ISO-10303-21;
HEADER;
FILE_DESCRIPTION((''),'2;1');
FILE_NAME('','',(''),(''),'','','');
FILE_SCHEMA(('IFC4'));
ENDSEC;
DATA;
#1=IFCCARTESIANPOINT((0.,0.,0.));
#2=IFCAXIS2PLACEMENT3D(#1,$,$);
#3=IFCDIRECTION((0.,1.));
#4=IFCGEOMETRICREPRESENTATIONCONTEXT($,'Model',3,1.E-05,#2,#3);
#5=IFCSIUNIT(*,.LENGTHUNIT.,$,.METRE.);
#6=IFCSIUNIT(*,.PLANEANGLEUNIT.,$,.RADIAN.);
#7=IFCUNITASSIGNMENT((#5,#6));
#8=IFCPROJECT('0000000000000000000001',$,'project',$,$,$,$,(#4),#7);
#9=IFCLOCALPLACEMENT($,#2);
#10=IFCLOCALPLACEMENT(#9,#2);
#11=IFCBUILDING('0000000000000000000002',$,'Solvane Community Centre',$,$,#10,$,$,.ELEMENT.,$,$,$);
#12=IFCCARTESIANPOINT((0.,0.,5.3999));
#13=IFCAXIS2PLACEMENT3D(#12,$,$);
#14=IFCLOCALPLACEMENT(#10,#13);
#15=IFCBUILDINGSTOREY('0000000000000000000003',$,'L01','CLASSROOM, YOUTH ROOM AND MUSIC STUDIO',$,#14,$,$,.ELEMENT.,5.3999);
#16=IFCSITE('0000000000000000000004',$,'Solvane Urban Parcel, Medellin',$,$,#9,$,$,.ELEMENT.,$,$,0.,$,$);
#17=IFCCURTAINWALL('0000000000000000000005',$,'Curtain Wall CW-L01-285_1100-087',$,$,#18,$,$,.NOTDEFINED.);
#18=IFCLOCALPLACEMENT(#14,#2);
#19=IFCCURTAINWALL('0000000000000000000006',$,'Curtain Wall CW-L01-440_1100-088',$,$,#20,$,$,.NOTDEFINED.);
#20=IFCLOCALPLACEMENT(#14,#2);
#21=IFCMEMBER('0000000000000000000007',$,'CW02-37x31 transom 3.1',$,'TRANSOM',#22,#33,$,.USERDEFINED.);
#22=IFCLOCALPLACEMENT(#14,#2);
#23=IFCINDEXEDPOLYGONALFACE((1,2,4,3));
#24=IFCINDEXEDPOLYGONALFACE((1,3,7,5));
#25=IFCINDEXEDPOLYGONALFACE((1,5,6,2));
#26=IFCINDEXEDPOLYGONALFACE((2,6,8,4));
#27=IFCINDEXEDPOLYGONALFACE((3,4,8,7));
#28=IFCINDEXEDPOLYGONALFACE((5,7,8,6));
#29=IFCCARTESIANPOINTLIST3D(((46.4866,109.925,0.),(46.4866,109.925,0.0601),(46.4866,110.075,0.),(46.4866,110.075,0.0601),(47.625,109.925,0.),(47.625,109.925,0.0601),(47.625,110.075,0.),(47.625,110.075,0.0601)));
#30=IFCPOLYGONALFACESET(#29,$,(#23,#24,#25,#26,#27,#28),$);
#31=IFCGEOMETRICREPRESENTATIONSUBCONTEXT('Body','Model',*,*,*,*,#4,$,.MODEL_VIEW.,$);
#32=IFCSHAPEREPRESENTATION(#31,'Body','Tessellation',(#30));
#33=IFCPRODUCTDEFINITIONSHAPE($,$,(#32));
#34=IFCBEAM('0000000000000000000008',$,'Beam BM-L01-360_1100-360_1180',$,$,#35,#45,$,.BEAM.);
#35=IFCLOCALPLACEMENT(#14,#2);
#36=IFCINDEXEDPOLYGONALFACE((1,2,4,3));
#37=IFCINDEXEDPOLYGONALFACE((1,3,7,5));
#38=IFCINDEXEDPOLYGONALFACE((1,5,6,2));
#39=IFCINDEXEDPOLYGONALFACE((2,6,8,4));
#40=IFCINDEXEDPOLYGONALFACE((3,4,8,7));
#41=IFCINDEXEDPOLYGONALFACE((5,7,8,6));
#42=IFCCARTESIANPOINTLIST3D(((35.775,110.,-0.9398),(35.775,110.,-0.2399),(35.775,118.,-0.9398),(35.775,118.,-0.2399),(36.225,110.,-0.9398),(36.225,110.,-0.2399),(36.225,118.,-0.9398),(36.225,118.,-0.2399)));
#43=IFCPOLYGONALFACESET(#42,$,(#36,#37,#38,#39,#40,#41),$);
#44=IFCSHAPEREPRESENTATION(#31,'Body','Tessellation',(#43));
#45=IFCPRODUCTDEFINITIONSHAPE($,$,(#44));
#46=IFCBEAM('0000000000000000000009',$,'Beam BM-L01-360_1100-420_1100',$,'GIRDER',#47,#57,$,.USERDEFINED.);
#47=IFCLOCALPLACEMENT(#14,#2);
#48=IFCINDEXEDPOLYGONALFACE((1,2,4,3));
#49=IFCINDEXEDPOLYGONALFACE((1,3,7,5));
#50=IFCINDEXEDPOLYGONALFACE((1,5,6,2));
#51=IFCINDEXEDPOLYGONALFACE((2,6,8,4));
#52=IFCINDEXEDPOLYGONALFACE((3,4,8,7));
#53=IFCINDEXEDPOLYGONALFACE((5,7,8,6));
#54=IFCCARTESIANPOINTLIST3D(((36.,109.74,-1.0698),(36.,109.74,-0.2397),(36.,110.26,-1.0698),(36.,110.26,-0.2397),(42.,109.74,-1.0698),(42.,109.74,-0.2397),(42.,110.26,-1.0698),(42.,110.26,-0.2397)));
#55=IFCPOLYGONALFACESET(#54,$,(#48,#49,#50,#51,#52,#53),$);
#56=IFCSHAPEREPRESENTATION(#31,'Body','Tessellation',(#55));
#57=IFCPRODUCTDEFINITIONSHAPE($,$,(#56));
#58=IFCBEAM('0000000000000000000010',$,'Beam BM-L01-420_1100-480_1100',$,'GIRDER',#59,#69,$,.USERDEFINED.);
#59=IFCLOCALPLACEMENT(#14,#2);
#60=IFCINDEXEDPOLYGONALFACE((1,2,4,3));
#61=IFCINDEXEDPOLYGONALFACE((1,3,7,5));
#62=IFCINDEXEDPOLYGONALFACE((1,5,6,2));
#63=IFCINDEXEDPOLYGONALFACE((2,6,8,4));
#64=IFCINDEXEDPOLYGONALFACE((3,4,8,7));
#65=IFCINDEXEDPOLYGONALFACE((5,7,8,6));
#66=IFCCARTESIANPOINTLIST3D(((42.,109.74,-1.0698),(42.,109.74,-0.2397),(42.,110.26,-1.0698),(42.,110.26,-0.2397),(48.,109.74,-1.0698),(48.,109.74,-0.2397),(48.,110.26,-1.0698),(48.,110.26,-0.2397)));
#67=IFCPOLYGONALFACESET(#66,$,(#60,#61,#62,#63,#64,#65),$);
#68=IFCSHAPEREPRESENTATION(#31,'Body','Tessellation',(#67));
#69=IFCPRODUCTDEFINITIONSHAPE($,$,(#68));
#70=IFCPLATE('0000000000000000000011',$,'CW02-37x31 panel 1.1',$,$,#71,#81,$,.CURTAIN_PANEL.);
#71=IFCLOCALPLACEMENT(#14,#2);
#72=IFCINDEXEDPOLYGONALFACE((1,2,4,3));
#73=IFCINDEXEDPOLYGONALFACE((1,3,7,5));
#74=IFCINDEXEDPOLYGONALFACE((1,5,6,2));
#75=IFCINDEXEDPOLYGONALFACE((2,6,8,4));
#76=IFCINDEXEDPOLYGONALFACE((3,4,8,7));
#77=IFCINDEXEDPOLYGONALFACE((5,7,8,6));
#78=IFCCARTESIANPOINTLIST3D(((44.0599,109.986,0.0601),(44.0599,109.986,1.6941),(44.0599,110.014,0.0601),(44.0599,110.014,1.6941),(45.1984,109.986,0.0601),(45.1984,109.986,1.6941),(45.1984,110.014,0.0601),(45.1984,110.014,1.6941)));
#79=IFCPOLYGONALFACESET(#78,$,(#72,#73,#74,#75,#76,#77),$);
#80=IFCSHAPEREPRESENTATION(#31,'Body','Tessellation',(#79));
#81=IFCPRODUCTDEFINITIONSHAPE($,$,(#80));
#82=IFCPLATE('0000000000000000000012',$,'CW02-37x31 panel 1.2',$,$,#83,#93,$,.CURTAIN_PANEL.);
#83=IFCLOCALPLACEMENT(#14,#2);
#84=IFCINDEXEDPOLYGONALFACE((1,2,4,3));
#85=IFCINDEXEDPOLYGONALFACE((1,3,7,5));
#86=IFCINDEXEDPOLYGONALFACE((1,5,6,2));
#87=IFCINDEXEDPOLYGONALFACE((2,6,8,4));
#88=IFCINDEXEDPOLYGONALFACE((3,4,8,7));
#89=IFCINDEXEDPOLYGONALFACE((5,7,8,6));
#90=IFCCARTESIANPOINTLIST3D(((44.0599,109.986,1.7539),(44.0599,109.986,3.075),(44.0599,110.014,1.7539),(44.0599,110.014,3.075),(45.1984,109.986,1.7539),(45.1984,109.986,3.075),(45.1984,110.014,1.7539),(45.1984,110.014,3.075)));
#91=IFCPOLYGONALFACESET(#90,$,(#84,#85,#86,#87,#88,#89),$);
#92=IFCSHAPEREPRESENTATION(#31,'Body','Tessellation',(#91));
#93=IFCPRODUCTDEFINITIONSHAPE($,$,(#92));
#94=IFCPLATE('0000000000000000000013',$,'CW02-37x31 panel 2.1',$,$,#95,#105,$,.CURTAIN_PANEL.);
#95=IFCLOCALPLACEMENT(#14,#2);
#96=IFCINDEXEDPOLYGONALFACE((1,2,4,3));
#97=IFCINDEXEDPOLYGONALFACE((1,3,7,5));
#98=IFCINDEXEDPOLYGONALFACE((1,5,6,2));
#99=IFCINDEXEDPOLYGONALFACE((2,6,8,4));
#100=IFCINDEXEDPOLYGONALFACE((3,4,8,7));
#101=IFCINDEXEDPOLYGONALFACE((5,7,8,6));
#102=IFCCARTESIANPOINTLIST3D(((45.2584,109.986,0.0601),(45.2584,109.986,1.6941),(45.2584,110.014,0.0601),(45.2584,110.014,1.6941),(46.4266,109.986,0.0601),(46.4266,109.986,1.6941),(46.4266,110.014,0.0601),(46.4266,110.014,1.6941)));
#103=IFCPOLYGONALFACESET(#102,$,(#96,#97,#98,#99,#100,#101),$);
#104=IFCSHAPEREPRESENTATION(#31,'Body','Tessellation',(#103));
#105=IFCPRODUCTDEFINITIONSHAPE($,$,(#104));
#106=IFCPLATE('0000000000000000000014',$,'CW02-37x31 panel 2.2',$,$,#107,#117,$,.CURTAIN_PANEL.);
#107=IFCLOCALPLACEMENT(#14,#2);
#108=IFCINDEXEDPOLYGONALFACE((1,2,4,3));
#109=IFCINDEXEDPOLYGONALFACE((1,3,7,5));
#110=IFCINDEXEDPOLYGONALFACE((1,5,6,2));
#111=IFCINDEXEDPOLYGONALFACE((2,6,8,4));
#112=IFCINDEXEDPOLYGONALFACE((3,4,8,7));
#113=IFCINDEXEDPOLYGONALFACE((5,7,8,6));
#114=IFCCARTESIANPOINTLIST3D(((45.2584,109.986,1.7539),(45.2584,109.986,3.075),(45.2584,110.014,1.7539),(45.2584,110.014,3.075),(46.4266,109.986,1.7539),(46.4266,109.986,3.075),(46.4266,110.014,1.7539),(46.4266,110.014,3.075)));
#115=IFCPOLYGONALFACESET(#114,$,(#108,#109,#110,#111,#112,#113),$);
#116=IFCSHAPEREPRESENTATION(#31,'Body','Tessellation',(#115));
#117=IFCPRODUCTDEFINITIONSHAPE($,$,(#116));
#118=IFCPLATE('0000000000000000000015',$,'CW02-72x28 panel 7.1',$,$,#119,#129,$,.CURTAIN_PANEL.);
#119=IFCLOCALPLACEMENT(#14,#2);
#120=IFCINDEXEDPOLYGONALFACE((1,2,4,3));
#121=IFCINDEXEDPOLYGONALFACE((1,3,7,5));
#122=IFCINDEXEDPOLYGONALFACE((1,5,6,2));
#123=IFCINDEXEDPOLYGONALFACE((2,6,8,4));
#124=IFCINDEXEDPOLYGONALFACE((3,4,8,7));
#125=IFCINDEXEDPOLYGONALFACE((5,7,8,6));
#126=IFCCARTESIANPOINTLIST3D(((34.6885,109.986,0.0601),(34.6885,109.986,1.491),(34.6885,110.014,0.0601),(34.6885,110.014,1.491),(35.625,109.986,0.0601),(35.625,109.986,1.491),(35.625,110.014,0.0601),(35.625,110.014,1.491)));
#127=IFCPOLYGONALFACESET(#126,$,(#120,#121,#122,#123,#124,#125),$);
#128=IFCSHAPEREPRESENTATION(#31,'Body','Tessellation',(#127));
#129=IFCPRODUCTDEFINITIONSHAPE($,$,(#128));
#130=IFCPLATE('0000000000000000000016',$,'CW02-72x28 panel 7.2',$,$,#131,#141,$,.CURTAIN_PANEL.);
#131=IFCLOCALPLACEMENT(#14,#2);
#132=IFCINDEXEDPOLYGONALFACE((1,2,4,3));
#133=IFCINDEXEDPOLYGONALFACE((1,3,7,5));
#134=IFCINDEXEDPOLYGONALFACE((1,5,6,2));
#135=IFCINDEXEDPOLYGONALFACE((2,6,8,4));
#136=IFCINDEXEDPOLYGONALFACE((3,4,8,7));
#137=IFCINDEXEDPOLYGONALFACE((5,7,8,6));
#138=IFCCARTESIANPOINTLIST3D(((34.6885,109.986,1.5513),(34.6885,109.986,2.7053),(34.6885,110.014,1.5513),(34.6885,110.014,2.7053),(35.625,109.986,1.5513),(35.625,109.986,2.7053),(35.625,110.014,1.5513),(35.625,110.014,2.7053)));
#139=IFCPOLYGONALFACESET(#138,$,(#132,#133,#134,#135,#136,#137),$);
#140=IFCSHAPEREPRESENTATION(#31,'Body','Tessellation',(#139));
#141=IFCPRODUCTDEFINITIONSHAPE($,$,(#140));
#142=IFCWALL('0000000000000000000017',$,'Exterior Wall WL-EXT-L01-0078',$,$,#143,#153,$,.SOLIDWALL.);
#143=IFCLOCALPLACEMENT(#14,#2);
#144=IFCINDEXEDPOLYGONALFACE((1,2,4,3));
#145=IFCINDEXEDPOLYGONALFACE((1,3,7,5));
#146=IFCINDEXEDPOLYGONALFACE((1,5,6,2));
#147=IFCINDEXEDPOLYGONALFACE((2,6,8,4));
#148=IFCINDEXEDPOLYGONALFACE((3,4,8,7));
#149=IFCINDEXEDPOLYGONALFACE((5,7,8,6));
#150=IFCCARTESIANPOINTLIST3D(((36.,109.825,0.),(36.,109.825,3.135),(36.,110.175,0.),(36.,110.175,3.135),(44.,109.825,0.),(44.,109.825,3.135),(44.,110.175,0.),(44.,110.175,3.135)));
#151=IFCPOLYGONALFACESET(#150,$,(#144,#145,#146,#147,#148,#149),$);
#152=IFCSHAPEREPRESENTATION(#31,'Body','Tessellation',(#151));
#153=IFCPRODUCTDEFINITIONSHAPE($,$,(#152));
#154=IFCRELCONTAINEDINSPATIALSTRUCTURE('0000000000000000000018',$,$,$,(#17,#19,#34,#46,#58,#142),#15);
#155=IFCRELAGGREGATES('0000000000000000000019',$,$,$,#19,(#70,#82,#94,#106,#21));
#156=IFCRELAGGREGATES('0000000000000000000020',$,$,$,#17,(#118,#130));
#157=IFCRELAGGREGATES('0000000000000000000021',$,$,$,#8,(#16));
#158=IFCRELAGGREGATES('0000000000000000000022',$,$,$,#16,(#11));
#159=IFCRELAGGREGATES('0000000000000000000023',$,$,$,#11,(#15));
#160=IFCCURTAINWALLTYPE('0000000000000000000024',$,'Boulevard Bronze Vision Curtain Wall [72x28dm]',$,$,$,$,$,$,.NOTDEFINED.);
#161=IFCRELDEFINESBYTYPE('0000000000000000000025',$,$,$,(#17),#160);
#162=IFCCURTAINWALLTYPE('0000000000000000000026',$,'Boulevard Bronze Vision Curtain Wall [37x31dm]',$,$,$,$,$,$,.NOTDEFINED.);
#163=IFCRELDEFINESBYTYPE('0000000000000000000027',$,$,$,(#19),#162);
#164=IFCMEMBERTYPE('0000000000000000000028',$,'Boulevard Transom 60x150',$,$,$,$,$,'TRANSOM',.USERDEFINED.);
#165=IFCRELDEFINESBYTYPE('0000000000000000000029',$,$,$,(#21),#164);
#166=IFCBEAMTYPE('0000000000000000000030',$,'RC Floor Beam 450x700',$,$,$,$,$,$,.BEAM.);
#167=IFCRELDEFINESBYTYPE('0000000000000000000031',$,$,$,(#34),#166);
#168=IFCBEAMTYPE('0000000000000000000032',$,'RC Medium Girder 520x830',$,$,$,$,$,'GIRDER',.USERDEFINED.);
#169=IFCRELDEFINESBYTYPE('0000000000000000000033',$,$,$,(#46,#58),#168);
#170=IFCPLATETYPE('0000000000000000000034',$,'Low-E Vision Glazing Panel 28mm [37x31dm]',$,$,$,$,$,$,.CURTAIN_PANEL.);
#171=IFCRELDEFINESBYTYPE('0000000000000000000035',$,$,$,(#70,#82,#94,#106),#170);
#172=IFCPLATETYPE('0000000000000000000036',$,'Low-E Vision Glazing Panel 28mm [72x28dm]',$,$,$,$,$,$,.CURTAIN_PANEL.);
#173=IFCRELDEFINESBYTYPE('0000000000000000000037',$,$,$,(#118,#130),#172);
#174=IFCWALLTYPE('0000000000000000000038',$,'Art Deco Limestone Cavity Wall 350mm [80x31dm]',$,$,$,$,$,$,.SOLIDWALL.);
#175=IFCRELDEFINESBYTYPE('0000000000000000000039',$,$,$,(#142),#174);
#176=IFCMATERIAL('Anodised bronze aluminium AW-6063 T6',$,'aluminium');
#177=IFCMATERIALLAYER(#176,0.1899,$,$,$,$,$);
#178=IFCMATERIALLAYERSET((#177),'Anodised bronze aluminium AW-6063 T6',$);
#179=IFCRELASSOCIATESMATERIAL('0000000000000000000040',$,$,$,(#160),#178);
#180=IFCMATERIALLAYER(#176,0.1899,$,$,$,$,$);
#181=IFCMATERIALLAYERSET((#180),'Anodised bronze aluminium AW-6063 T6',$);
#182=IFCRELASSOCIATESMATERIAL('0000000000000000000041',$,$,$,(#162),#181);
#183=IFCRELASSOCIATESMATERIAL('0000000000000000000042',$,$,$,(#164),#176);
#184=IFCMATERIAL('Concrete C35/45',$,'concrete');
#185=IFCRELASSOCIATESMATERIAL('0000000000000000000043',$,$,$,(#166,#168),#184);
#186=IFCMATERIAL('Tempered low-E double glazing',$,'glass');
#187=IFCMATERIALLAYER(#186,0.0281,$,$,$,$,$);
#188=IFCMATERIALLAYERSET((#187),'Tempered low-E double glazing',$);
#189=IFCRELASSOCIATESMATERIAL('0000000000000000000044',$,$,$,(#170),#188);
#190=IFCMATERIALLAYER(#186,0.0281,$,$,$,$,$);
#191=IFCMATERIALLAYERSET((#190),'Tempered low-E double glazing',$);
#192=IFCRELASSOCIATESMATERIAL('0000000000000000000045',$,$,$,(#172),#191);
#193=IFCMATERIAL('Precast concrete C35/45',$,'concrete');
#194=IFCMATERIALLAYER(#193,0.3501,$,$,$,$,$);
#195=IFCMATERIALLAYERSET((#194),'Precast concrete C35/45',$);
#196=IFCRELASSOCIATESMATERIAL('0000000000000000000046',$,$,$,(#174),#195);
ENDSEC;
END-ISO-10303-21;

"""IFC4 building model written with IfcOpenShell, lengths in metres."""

from ifc_helpers import new_model, si_unit, direction, frame, frame_2d, origin, origin_2d, place, context, subcontext, project, spatial, rectangle, extrude, material, layer, layer_set, material_profile, profile_set, type_object, element, aggregate, save


model = new_model("IFC4")

# Units and contexts
model_context = context("Model", 3, precision=1e-05, world=origin(), true_north=direction((0.0, 1.0)))
body_context = subcontext(model_context, "Body", "Model", "MODEL_VIEW")
ifc_project = project(units=[si_unit("LENGTHUNIT", "METRE"), si_unit("PLANEANGLEUNIT", "RADIAN")], contexts=[model_context])

# Site, building, storey
site_placement = place(None, origin())
site = spatial("IfcSite", under=ifc_project, at=site_placement, Name="Solvane Urban Parcel, Medellin", CompositionType="ELEMENT", RefElevation=0.0)
building_placement = place(site_placement, origin())
building = spatial("IfcBuilding", under=site, at=building_placement, Name="Solvane Community Centre", CompositionType="ELEMENT")
storey_placement = place(building_placement, frame((0.0, 0.0, 5.3999)))
storey = spatial("IfcBuildingStorey", under=building, at=storey_placement, Name="L01", Description="CLASSROOM, YOUTH ROOM AND MUSIC STUDIO", CompositionType="ELEMENT", Elevation=5.3999)

# Shared definitions
ifc_material_1 = material(Name="Concrete C35/45", Category="concrete")

# Curtain wall
ifc_material_2 = material(Name="Anodised bronze aluminium AW-6063 T6", Category="aluminium")
ifc_layer_1 = layer(ifc_material_2, 0.1899)
ifc_layer_set_1 = layer_set([ifc_layer_1], Name="Anodised bronze aluminium AW-6063 T6")
curtain_wall_type_1 = type_object("IfcCurtainWallType", Name="Boulevard Bronze Vision Curtain Wall [72x28dm]", PredefinedType="NOTDEFINED", material=ifc_layer_set_1)
curtain_wall_1_placement = place(storey_placement, origin())
curtain_wall_1 = element("IfcCurtainWall", 1, at=curtain_wall_1_placement, inside=storey, type_object=curtain_wall_type_1, Name="Curtain Wall CW-L01-285_1100-087", PredefinedType="NOTDEFINED")

# Curtain wall
ifc_layer_2 = layer(ifc_material_2, 0.1899)
ifc_layer_set_2 = layer_set([ifc_layer_2], Name="Anodised bronze aluminium AW-6063 T6")
curtain_wall_type_2 = type_object("IfcCurtainWallType", Name="Boulevard Bronze Vision Curtain Wall [37x31dm]", PredefinedType="NOTDEFINED", material=ifc_layer_set_2)
curtain_wall_2_placement = place(storey_placement, origin())
curtain_wall_2 = element("IfcCurtainWall", 2, at=curtain_wall_2_placement, inside=storey, type_object=curtain_wall_type_2, Name="Curtain Wall CW-L01-440_1100-088", PredefinedType="NOTDEFINED")

# Member
ifc_material_profile_1 = material_profile(ifc_material_2, rectangle(XDim=0.1499, YDim=0.0601, at=origin_2d()), Name="CW-T 60x150")
ifc_profile_set_1 = profile_set([ifc_material_profile_1], Name="Anodised bronze aluminium AW-6063 T6")
member_type_1 = type_object("IfcMemberType", Name="Boulevard Transom 60x150", ElementType="TRANSOM", PredefinedType="USERDEFINED", material=ifc_profile_set_1)
member_1_placement = place(storey_placement, frame((46.4866, 110.0, 0.03), z_axis=(1.0, 0.0, 0.0), x_axis=(0.0, 1.0, 0.0)))
member_1 = element("IfcMember", 3, at=member_1_placement, type_object=member_type_1, Name="CW02-37x31 transom 3.1", ObjectType="TRANSOM", PredefinedType="USERDEFINED", context=body_context, shape_type="SweptSolid", body=[
    extrude(rectangle(XDim=0.1499, YDim=0.0601, at=origin_2d()), origin(), (0.0, 0.0, 1.0), 1.1384),
])

# Beams
ifc_material_profile_2 = material_profile(ifc_material_1, rectangle(XDim=0.45, YDim=0.7, at=origin_2d()), Name="RC 450x700")
ifc_profile_set_2 = profile_set([ifc_material_profile_2], Name="Concrete C35/45")
beam_type_1 = type_object("IfcBeamType", Name="RC Floor Beam 450x700", PredefinedType="BEAM", material=ifc_profile_set_2)
beam_placement = place(storey_placement, frame((36.0, 110.0, -0.5898), z_axis=(0.0, 1.0, 0.0), x_axis=(-1.0, 0.0, 0.0)))
element("IfcBeam", 4, at=beam_placement, inside=storey, type_object=beam_type_1, Name="Beam BM-L01-360_1100-360_1180", PredefinedType="BEAM", context=body_context, shape_type="SweptSolid", body=[
    extrude(rectangle(XDim=0.45, YDim=0.7, at=origin_2d()), origin(), (0.0, 0.0, 1.0), 8.0),
])
ifc_material_profile_3 = material_profile(ifc_material_1, rectangle(XDim=0.52, YDim=0.8301, at=origin_2d()), Name="RC 520x830")
ifc_profile_set_3 = profile_set([ifc_material_profile_3], Name="Concrete C35/45")
beam_type_2 = type_object("IfcBeamType", Name="RC Medium Girder 520x830", ElementType="GIRDER", PredefinedType="USERDEFINED", material=ifc_profile_set_3)
for number, where, z_axis, x_axis, name in (
    (5, (36.0, 110.0, -0.6548), (1.0, 0.0, 0.0), (0.0, 1.0, 0.0), "Beam BM-L01-360_1100-420_1100"),
    (6, (42.0, 110.0, -0.6548), (1.0, 0.0, 0.0), (0.0, 1.0, 0.0), "Beam BM-L01-420_1100-480_1100"),
):
    element("IfcBeam", number, at=place(storey_placement, frame(where, z_axis=z_axis, x_axis=x_axis)), inside=storey, type_object=beam_type_2, Name=name, ObjectType="GIRDER", PredefinedType="USERDEFINED", context=body_context, shape_type="SweptSolid", body=[
        extrude(rectangle(XDim=0.52, YDim=0.8301, at=origin_2d()), origin(), (0.0, 0.0, 1.0), 6.0),
    ])

# Plates
ifc_material_3 = material(Name="Tempered low-E double glazing", Category="glass")
ifc_layer_3 = layer(ifc_material_3, 0.0281)
ifc_layer_set_3 = layer_set([ifc_layer_3], Name="Tempered low-E double glazing")
plate_type_1 = type_object("IfcPlateType", Name="Low-E Vision Glazing Panel 28mm [37x31dm]", PredefinedType="CURTAIN_PANEL", material=ifc_layer_set_3)
plate_1_placement = place(storey_placement, frame((44.6292, 110.0, 0.0601), z_axis=(0.0, 0.0, 1.0), x_axis=(1.0, 0.0, 0.0)))
plate_1 = element("IfcPlate", 7, at=plate_1_placement, type_object=plate_type_1, Name="CW02-37x31 panel 1.1", PredefinedType="CURTAIN_PANEL", context=body_context, shape_type="SweptSolid", body=[
    extrude(rectangle(XDim=1.1384, YDim=0.0281, at=origin_2d()), origin(), (0.0, 0.0, 1.0), 1.634),
])
plate_2_placement = place(storey_placement, frame((44.6292, 110.0, 1.7539), z_axis=(0.0, 0.0, 1.0), x_axis=(1.0, 0.0, 0.0)))
plate_2 = element("IfcPlate", 8, at=plate_2_placement, type_object=plate_type_1, Name="CW02-37x31 panel 1.2", PredefinedType="CURTAIN_PANEL", context=body_context, shape_type="SweptSolid", body=[
    extrude(rectangle(XDim=1.1384, YDim=0.0281, at=origin_2d()), origin(), (0.0, 0.0, 1.0), 1.321),
])
plate_3_placement = place(storey_placement, frame((45.8425, 110.0, 0.0601), z_axis=(0.0, 0.0, 1.0), x_axis=(1.0, 0.0, 0.0)))
plate_3 = element("IfcPlate", 9, at=plate_3_placement, type_object=plate_type_1, Name="CW02-37x31 panel 2.1", PredefinedType="CURTAIN_PANEL", context=body_context, shape_type="SweptSolid", body=[
    extrude(rectangle(XDim=1.1682, YDim=0.0281, at=origin_2d()), origin(), (0.0, 0.0, 1.0), 1.634),
])
plate_4_placement = place(storey_placement, frame((45.8425, 110.0, 1.7539), z_axis=(0.0, 0.0, 1.0), x_axis=(1.0, 0.0, 0.0)))
plate_4 = element("IfcPlate", 10, at=plate_4_placement, type_object=plate_type_1, Name="CW02-37x31 panel 2.2", PredefinedType="CURTAIN_PANEL", context=body_context, shape_type="SweptSolid", body=[
    extrude(rectangle(XDim=1.1682, YDim=0.0281, at=origin_2d()), origin(), (0.0, 0.0, 1.0), 1.321),
])
aggregate(curtain_wall_2, [plate_1, plate_2, plate_3, plate_4, member_1])
ifc_layer_4 = layer(ifc_material_3, 0.0281)
ifc_layer_set_4 = layer_set([ifc_layer_4], Name="Tempered low-E double glazing")
plate_type_2 = type_object("IfcPlateType", Name="Low-E Vision Glazing Panel 28mm [72x28dm]", PredefinedType="CURTAIN_PANEL", material=ifc_layer_set_4)
plate_5_placement = place(storey_placement, frame((35.1567, 110.0, 0.0601), z_axis=(0.0, 0.0, 1.0), x_axis=(1.0, 0.0, 0.0)))
plate_5 = element("IfcPlate", 11, at=plate_5_placement, type_object=plate_type_2, Name="CW02-72x28 panel 7.1", PredefinedType="CURTAIN_PANEL", context=body_context, shape_type="SweptSolid", body=[
    extrude(rectangle(XDim=0.9365, YDim=0.0281, at=origin_2d()), origin(), (0.0, 0.0, 1.0), 1.4309),
])
plate_6_placement = place(storey_placement, frame((35.1567, 110.0, 1.5513), z_axis=(0.0, 0.0, 1.0), x_axis=(1.0, 0.0, 0.0)))
plate_6 = element("IfcPlate", 12, at=plate_6_placement, type_object=plate_type_2, Name="CW02-72x28 panel 7.2", PredefinedType="CURTAIN_PANEL", context=body_context, shape_type="SweptSolid", body=[
    extrude(rectangle(XDim=0.9365, YDim=0.0281, at=origin_2d()), origin(), (0.0, 0.0, 1.0), 1.1541),
])
aggregate(curtain_wall_1, [plate_5, plate_6])

# Wall
ifc_material_4 = material(Name="Precast concrete C35/45", Category="concrete")
ifc_layer_5 = layer(ifc_material_4, 0.3501)
ifc_layer_set_5 = layer_set([ifc_layer_5], Name="Precast concrete C35/45")
wall_type = type_object("IfcWallType", Name="Art Deco Limestone Cavity Wall 350mm [80x31dm]", PredefinedType="SOLIDWALL", material=ifc_layer_set_5)
wall_placement = place(storey_placement, frame((36.0, 110.0, 0.0), z_axis=(0.0, 0.0, 1.0), x_axis=(1.0, 0.0, 0.0)))
element("IfcWall", 13, at=wall_placement, inside=storey, type_object=wall_type, Name="Exterior Wall WL-EXT-L01-0078", PredefinedType="SOLIDWALL", context=body_context, shape_type="SweptSolid", body=[
    extrude(rectangle(XDim=8.0, YDim=0.3501, at=frame_2d((4.0, 0.0))), origin(), (0.0, 0.0, 1.0), 3.135),
])

save(model, "model.ifc")
